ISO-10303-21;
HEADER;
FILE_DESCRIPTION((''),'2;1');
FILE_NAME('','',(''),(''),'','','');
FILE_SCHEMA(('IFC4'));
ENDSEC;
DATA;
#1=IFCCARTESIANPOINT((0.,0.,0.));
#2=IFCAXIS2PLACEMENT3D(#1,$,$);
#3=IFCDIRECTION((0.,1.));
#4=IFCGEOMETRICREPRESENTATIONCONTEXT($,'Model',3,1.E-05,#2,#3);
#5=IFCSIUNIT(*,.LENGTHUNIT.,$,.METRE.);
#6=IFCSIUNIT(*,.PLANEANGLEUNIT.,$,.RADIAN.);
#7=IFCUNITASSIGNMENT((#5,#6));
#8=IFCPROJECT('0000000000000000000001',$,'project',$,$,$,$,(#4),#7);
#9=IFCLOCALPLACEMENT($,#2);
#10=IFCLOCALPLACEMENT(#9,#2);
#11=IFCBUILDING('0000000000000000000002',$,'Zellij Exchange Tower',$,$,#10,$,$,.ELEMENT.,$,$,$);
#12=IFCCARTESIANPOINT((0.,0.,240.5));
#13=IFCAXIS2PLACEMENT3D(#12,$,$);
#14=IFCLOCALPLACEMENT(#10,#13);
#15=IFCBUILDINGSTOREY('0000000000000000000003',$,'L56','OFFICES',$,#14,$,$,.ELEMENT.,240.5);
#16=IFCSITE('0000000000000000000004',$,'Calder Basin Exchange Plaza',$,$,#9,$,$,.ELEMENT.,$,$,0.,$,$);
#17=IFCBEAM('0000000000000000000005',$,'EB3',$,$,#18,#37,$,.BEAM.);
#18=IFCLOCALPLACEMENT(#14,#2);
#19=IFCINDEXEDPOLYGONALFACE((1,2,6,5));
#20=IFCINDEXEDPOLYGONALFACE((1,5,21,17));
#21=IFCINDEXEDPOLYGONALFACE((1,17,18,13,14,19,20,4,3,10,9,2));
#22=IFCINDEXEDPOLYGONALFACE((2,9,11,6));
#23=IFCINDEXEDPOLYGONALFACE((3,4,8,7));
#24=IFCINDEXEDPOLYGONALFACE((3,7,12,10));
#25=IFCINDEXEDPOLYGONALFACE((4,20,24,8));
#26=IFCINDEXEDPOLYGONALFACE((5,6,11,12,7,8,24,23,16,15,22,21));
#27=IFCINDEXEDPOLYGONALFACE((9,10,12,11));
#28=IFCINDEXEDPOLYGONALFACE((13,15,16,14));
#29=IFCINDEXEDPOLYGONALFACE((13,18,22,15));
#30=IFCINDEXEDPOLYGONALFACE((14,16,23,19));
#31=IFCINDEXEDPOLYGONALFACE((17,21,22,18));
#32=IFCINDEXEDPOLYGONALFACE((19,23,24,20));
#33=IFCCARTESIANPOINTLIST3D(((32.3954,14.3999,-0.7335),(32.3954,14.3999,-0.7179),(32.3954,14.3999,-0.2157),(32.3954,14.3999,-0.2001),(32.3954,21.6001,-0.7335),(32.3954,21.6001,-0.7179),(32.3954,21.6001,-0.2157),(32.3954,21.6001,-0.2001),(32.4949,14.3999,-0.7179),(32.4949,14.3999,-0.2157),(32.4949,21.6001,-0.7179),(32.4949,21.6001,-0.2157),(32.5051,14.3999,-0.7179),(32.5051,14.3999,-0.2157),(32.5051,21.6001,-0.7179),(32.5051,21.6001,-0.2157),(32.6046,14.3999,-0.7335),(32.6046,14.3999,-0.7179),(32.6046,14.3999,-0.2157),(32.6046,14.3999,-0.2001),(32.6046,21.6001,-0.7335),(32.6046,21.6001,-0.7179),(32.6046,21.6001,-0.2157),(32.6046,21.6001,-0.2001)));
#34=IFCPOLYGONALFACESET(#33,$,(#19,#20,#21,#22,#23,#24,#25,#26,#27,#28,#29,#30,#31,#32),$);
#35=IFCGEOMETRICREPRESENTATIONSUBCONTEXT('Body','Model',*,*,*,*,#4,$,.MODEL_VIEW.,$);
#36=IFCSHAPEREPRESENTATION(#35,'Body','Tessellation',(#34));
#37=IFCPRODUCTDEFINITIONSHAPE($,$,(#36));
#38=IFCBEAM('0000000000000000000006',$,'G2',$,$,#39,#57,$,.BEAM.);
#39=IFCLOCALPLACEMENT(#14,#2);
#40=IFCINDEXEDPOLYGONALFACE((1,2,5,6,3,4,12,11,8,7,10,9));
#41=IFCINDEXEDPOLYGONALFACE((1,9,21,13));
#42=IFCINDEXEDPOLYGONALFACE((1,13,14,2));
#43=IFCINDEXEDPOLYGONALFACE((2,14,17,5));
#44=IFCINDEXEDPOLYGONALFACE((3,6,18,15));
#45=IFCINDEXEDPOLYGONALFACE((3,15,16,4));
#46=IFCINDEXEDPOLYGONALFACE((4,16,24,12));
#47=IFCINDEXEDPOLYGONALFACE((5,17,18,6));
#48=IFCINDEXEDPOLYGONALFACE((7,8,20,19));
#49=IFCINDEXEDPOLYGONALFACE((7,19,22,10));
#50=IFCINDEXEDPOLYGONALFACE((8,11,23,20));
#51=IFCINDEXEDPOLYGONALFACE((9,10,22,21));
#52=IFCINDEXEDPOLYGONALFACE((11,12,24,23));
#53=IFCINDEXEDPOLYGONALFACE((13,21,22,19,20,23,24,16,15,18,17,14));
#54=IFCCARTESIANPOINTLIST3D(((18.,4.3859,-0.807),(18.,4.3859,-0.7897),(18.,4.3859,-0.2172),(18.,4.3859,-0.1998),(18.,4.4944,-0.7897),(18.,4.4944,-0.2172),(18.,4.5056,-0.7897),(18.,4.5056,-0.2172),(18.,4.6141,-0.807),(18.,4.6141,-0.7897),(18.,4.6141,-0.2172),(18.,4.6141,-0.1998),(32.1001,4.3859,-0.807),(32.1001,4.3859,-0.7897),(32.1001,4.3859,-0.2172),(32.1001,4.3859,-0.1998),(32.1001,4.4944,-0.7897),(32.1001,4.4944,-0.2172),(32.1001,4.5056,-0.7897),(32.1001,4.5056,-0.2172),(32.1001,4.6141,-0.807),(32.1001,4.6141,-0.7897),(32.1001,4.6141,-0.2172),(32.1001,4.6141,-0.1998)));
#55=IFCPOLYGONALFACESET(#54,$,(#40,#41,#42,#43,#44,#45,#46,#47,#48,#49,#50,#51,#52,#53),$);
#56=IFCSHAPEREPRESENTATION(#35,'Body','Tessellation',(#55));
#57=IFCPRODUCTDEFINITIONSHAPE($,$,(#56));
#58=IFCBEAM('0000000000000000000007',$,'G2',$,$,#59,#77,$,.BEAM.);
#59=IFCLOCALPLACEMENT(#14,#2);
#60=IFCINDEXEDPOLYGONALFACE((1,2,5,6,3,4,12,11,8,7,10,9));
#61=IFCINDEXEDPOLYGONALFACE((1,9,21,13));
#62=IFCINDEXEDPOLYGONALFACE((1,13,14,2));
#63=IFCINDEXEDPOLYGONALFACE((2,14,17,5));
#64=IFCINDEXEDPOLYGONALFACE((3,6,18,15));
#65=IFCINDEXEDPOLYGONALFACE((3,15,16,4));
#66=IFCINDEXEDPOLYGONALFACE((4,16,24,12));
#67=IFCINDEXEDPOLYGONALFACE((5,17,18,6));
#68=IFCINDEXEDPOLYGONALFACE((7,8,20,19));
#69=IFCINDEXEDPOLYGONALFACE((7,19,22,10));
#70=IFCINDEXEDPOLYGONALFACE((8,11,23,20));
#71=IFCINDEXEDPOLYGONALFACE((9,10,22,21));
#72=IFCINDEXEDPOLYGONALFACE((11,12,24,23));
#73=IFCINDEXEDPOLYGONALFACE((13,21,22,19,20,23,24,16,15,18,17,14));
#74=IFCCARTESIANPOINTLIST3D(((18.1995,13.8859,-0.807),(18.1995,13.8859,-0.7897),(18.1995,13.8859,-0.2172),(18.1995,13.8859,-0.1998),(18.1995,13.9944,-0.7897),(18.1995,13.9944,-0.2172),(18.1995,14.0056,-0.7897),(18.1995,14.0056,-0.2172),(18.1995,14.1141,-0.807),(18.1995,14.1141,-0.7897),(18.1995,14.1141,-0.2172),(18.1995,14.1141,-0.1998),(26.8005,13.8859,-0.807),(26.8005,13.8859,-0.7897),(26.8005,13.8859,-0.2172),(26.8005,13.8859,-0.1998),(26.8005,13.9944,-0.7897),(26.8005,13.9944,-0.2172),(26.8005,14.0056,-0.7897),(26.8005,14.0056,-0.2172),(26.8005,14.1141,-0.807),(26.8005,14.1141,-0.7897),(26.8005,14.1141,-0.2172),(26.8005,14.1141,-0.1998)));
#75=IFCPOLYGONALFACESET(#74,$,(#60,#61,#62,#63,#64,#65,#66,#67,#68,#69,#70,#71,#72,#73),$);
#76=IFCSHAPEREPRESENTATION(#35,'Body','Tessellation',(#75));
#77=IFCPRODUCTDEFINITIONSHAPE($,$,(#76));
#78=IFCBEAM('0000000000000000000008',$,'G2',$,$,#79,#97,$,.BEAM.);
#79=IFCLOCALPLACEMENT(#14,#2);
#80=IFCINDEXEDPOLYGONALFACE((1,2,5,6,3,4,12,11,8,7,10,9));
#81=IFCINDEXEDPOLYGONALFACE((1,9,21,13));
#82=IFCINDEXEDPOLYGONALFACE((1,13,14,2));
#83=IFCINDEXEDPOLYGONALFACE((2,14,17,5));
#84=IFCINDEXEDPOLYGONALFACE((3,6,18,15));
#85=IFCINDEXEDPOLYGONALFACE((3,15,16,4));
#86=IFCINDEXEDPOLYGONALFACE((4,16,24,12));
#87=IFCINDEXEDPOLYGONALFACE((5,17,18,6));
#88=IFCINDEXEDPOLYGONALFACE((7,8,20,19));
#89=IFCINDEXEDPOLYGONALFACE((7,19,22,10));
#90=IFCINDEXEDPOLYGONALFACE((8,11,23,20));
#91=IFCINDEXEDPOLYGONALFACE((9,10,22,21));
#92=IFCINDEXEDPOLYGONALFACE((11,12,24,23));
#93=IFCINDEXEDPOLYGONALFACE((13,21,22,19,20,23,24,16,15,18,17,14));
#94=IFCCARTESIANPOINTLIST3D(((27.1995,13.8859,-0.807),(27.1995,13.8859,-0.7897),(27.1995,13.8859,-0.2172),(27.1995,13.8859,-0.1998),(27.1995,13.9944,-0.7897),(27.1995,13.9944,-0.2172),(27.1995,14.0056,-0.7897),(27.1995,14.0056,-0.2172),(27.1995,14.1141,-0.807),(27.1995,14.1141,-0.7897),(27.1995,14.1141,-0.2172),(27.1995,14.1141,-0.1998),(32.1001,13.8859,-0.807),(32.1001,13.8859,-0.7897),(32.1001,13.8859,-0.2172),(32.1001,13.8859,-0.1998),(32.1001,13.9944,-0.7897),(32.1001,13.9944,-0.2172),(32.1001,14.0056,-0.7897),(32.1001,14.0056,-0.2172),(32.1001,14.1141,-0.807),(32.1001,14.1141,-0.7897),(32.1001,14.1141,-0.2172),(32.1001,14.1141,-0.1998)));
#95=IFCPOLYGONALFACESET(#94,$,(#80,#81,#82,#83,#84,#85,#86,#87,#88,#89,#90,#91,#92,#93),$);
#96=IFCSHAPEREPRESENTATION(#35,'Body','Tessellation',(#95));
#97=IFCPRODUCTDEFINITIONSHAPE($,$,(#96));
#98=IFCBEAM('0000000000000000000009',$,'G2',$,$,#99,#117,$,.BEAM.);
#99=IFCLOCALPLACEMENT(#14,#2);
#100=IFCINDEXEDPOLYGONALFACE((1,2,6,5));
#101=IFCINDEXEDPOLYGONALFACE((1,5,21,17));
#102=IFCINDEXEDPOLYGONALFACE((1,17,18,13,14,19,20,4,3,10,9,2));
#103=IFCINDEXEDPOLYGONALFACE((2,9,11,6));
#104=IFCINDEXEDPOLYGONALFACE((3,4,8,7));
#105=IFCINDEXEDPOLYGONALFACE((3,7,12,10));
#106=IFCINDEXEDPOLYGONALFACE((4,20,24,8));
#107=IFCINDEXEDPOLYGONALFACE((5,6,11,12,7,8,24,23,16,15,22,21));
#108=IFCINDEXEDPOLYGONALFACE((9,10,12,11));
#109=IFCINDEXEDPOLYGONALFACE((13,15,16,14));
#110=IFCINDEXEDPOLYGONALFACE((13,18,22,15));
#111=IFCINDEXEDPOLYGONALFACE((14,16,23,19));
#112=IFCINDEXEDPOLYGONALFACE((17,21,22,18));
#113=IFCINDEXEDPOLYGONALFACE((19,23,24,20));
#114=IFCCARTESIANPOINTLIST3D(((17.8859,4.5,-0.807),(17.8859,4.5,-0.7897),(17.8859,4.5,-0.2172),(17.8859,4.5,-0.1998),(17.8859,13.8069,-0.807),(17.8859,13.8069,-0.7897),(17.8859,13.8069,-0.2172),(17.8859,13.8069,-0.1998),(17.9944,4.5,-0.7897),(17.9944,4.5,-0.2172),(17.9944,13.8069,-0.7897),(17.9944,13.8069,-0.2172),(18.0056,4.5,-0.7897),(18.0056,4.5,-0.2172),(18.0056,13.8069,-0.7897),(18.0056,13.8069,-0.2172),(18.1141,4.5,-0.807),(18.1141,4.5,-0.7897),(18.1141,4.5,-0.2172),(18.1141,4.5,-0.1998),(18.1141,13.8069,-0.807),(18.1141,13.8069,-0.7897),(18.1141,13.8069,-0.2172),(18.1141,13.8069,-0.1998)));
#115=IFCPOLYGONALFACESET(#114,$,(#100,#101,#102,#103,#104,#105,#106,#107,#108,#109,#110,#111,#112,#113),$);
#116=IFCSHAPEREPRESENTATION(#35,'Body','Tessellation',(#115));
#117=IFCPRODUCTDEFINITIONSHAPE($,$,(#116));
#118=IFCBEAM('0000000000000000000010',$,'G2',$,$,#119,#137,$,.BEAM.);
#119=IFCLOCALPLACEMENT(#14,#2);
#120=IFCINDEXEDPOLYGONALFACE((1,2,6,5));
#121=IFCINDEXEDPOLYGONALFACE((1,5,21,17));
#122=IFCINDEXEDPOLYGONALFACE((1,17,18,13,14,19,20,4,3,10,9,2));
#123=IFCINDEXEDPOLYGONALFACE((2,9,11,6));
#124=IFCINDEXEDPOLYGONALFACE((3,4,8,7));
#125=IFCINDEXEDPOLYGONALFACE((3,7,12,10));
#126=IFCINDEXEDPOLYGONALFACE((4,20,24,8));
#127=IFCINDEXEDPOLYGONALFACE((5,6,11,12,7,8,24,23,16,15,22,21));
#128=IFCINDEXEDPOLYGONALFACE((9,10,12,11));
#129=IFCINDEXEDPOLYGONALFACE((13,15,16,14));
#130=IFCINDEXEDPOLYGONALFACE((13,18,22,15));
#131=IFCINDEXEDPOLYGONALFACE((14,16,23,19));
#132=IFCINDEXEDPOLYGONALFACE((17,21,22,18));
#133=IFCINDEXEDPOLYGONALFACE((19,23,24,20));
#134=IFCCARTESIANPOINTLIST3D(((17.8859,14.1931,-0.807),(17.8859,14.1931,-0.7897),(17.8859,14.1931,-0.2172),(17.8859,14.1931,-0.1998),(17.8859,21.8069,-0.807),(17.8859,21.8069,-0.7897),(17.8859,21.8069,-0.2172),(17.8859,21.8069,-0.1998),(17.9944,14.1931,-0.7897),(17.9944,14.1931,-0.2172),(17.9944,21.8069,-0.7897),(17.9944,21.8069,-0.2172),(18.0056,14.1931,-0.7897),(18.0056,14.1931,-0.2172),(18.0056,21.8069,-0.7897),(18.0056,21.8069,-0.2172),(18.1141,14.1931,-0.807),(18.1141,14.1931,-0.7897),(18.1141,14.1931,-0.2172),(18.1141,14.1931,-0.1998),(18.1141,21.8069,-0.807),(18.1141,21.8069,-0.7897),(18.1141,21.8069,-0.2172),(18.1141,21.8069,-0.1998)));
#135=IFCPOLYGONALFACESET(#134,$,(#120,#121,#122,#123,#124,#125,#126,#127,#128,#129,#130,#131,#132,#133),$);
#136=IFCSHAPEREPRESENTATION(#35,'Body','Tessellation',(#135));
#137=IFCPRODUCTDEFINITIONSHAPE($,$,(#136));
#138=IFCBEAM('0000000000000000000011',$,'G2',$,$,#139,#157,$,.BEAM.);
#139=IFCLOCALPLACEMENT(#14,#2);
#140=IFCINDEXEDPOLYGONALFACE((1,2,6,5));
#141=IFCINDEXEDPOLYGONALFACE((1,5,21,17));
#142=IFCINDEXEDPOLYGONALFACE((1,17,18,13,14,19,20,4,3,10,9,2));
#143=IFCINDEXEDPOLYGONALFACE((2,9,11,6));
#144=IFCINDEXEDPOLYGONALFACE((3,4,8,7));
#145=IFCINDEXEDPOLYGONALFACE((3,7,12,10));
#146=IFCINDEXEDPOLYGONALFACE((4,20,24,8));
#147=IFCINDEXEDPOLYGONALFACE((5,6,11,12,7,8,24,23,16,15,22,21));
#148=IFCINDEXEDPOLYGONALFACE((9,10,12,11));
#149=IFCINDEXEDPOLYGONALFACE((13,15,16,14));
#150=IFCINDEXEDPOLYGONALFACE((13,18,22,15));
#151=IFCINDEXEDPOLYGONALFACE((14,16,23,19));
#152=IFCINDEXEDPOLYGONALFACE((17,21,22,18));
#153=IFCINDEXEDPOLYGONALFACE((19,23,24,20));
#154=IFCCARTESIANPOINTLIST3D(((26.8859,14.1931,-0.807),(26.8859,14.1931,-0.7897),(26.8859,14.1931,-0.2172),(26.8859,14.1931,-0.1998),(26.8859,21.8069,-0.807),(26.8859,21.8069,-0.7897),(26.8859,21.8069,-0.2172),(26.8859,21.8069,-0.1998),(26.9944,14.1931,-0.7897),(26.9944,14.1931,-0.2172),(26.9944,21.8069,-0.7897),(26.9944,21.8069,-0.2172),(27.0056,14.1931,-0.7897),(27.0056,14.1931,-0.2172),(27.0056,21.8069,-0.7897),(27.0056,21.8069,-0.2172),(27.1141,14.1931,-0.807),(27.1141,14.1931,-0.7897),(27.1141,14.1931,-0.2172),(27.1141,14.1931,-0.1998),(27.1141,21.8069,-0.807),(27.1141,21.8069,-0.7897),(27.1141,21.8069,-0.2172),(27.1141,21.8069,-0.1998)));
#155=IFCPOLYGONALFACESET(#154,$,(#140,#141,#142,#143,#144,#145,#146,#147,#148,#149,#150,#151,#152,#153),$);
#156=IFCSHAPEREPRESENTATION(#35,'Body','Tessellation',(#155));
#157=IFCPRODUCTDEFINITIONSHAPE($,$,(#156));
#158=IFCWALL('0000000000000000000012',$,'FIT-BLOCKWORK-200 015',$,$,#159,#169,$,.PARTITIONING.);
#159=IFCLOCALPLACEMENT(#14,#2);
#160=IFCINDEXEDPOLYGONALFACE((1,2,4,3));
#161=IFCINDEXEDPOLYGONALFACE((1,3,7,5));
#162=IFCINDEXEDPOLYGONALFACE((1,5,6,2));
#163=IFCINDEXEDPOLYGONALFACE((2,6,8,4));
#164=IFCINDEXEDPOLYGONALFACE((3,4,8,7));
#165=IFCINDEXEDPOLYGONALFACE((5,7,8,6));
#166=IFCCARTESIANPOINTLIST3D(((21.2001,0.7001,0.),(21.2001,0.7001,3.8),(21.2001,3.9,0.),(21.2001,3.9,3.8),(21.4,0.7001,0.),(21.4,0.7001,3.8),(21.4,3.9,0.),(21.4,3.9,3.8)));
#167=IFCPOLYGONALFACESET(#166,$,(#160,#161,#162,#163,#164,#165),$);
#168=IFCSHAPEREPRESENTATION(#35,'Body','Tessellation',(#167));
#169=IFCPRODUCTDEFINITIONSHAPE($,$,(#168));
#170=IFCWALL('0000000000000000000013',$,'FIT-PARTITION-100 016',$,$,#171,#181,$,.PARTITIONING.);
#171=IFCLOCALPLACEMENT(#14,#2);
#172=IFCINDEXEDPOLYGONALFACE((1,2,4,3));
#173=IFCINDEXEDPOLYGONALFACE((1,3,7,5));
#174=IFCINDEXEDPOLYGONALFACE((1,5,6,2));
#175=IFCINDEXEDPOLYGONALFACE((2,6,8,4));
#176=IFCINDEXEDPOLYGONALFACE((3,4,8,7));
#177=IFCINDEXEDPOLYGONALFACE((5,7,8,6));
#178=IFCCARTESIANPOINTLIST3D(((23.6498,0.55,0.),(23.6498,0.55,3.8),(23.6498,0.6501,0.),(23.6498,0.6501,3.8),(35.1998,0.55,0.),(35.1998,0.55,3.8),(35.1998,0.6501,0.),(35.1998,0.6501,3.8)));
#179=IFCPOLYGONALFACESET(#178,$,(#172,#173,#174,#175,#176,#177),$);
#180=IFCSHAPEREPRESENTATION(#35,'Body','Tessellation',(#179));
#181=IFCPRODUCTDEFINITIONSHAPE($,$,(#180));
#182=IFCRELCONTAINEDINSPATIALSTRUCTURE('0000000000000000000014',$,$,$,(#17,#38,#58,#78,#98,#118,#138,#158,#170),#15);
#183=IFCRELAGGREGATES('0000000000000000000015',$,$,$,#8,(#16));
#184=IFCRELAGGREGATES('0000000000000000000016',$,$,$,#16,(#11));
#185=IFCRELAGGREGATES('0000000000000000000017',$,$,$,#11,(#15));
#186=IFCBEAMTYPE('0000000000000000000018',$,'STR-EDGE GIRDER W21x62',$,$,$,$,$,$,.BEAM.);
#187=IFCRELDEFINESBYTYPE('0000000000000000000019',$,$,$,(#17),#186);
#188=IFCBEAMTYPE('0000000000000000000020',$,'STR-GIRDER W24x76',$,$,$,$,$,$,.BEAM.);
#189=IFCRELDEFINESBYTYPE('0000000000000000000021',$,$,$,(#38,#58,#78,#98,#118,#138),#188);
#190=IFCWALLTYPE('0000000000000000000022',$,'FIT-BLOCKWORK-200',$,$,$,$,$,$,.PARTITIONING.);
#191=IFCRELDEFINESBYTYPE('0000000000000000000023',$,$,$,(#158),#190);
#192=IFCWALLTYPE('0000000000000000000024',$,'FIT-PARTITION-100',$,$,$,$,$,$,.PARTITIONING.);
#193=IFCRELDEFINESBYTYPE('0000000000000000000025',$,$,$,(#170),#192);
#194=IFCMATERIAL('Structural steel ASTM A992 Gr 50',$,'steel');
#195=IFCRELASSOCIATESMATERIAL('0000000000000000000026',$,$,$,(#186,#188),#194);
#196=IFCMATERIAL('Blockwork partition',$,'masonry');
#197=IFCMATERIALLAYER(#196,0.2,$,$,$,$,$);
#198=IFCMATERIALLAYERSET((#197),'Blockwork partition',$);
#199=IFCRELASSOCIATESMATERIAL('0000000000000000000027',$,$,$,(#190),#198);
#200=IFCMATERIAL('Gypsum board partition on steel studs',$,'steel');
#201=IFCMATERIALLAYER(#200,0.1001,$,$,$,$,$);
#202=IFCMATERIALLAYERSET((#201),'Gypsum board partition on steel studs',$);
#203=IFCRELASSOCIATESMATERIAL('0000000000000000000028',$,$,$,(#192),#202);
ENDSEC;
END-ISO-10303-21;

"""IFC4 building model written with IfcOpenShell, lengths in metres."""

from ifc_helpers import new_model, si_unit, direction, frame, frame_2d, origin, origin_2d, place, context, subcontext, project, spatial, rectangle, i_section, extrude, material, layer, layer_set, material_profile, profile_set, type_object, element, save


model = new_model("IFC4")

# Units and contexts
model_context = context("Model", 3, precision=1e-05, world=origin(), true_north=direction((0.0, 1.0)))
body_context = subcontext(model_context, "Body", "Model", "MODEL_VIEW")
ifc_project = project(units=[si_unit("LENGTHUNIT", "METRE"), si_unit("PLANEANGLEUNIT", "RADIAN")], contexts=[model_context])

# Site, building, storey
site_placement = place(None, origin())
site = spatial("IfcSite", under=ifc_project, at=site_placement, Name="Calder Basin Exchange Plaza", CompositionType="ELEMENT", RefElevation=0.0)
building_placement = place(site_placement, origin())
building = spatial("IfcBuilding", under=site, at=building_placement, Name="Zellij Exchange Tower", CompositionType="ELEMENT")
storey_placement = place(building_placement, frame((0.0, 0.0, 240.5)))
storey = spatial("IfcBuildingStorey", under=building, at=storey_placement, Name="L56", Description="OFFICES", CompositionType="ELEMENT", Elevation=240.5)

# Shared definitions
ifc_material_1 = material(Name="Structural steel ASTM A992 Gr 50", Category="steel")

# Beams
ifc_material_profile_1 = material_profile(ifc_material_1, i_section(OverallWidth=0.2092, OverallDepth=0.5334, WebThickness=0.0103, FlangeThickness=0.0156, at=origin_2d()), Name="W21x62")
ifc_profile_set_1 = profile_set([ifc_material_profile_1], Name="Structural steel ASTM A992 Gr 50")
beam_type_1 = type_object("IfcBeamType", Name="STR-EDGE GIRDER W21x62", PredefinedType="BEAM", material=ifc_profile_set_1)
beam_1_placement = place(storey_placement, frame((32.5, 14.3999, -0.4668), z_axis=(0.0, 1.0, 0.0), x_axis=(-1.0, 0.0, 0.0)))
element("IfcBeam", 1, at=beam_1_placement, inside=storey, type_object=beam_type_1, Name="EB3", PredefinedType="BEAM", context=body_context, shape_type="SweptSolid", body=[
    extrude(i_section(OverallWidth=0.2092, OverallDepth=0.5334, WebThickness=0.0103, FlangeThickness=0.0156, at=origin_2d()), origin(), (0.0, 0.0, 1.0), 7.2002),
])
ifc_material_profile_2 = material_profile(ifc_material_1, i_section(OverallWidth=0.2283, OverallDepth=0.6072, WebThickness=0.0112, FlangeThickness=0.0173, at=origin_2d()), Name="W24x76")
ifc_profile_set_2 = profile_set([ifc_material_profile_2], Name="Structural steel ASTM A992 Gr 50")
beam_type_2 = type_object("IfcBeamType", Name="STR-GIRDER W24x76", PredefinedType="BEAM", material=ifc_profile_set_2)
beam_2_placement = place(storey_placement, frame((18.0, 4.5, -0.5034), z_axis=(1.0, 0.0, 0.0), x_axis=(0.0, 1.0, 0.0)))
element("IfcBeam", 2, at=beam_2_placement, inside=storey, type_object=beam_type_2, Name="G2", PredefinedType="BEAM", context=body_context, shape_type="SweptSolid", body=[
    extrude(i_section(OverallWidth=0.2283, OverallDepth=0.6072, WebThickness=0.0112, FlangeThickness=0.0173, at=origin_2d()), origin(), (0.0, 0.0, 1.0), 14.1001),
])
beam_3_placement = place(storey_placement, frame((18.1995, 14.0, -0.5034), z_axis=(1.0, 0.0, 0.0), x_axis=(0.0, 1.0, 0.0)))
element("IfcBeam", 3, at=beam_3_placement, inside=storey, type_object=beam_type_2, Name="G2", PredefinedType="BEAM", context=body_context, shape_type="SweptSolid", body=[
    extrude(i_section(OverallWidth=0.2283, OverallDepth=0.6072, WebThickness=0.0112, FlangeThickness=0.0173, at=origin_2d()), origin(), (0.0, 0.0, 1.0), 8.6011),
])
beam_4_placement = place(storey_placement, frame((27.1995, 14.0, -0.5034), z_axis=(1.0, 0.0, 0.0), x_axis=(0.0, 1.0, 0.0)))
element("IfcBeam", 4, at=beam_4_placement, inside=storey, type_object=beam_type_2, Name="G2", PredefinedType="BEAM", context=body_context, shape_type="SweptSolid", body=[
    extrude(i_section(OverallWidth=0.2283, OverallDepth=0.6072, WebThickness=0.0112, FlangeThickness=0.0173, at=origin_2d()), origin(), (0.0, 0.0, 1.0), 4.9006),
])
beam_5_placement = place(storey_placement, frame((18.0, 4.5, -0.5034), z_axis=(0.0, 1.0, 0.0), x_axis=(-1.0, 0.0, 0.0)))
element("IfcBeam", 5, at=beam_5_placement, inside=storey, type_object=beam_type_2, Name="G2", PredefinedType="BEAM", context=body_context, shape_type="SweptSolid", body=[
    extrude(i_section(OverallWidth=0.2283, OverallDepth=0.6072, WebThickness=0.0112, FlangeThickness=0.0173, at=origin_2d()), origin(), (0.0, 0.0, 1.0), 9.3069),
])
for number, where, z_axis, x_axis, name in (
    (6, (18.0, 14.1931, -0.5034), (0.0, 1.0, 0.0), (-1.0, 0.0, 0.0), "G2"),
    (7, (27.0, 14.1931, -0.5034), (0.0, 1.0, 0.0), (-1.0, 0.0, 0.0), "G2"),
):
    element("IfcBeam", number, at=place(storey_placement, frame(where, z_axis=z_axis, x_axis=x_axis)), inside=storey, type_object=beam_type_2, Name=name, PredefinedType="BEAM", context=body_context, shape_type="SweptSolid", body=[
        extrude(i_section(OverallWidth=0.2283, OverallDepth=0.6072, WebThickness=0.0112, FlangeThickness=0.0173, at=origin_2d()), origin(), (0.0, 0.0, 1.0), 7.6138),
    ])

# Walls
ifc_material_2 = material(Name="Blockwork partition", Category="masonry")
ifc_layer_1 = layer(ifc_material_2, 0.2)
ifc_layer_set_1 = layer_set([ifc_layer_1], Name="Blockwork partition")
wall_type_1 = type_object("IfcWallType", Name="FIT-BLOCKWORK-200", PredefinedType="PARTITIONING", material=ifc_layer_set_1)
wall_1_placement = place(storey_placement, frame((21.3, 0.7, 0.0), z_axis=(0.0, 0.0, 1.0), x_axis=(0.0, 1.0, 0.0)))
element("IfcWall", 8, at=wall_1_placement, inside=storey, type_object=wall_type_1, Name="FIT-BLOCKWORK-200 015", PredefinedType="PARTITIONING", context=body_context, shape_type="SweptSolid", body=[
    extrude(rectangle(XDim=3.2, YDim=0.2, at=frame_2d((1.6001, 0.0))), origin(), (0.0, 0.0, 1.0), 3.8),
])
ifc_material_3 = material(Name="Gypsum board partition on steel studs", Category="steel")
ifc_layer_2 = layer(ifc_material_3, 0.1001)
ifc_layer_set_2 = layer_set([ifc_layer_2], Name="Gypsum board partition on steel studs")
wall_type_2 = type_object("IfcWallType", Name="FIT-PARTITION-100", PredefinedType="PARTITIONING", material=ifc_layer_set_2)
wall_2_placement = place(storey_placement, frame((23.6499, 0.6001, 0.0), z_axis=(0.0, 0.0, 1.0), x_axis=(1.0, 0.0, 0.0)))
element("IfcWall", 9, at=wall_2_placement, inside=storey, type_object=wall_type_2, Name="FIT-PARTITION-100 016", PredefinedType="PARTITIONING", context=body_context, shape_type="SweptSolid", body=[
    extrude(rectangle(XDim=11.55, YDim=0.1001, at=frame_2d((5.7749, 0.0))), origin(), (0.0, 0.0, 1.0), 3.8),
])

save(model, "model.ifc")
